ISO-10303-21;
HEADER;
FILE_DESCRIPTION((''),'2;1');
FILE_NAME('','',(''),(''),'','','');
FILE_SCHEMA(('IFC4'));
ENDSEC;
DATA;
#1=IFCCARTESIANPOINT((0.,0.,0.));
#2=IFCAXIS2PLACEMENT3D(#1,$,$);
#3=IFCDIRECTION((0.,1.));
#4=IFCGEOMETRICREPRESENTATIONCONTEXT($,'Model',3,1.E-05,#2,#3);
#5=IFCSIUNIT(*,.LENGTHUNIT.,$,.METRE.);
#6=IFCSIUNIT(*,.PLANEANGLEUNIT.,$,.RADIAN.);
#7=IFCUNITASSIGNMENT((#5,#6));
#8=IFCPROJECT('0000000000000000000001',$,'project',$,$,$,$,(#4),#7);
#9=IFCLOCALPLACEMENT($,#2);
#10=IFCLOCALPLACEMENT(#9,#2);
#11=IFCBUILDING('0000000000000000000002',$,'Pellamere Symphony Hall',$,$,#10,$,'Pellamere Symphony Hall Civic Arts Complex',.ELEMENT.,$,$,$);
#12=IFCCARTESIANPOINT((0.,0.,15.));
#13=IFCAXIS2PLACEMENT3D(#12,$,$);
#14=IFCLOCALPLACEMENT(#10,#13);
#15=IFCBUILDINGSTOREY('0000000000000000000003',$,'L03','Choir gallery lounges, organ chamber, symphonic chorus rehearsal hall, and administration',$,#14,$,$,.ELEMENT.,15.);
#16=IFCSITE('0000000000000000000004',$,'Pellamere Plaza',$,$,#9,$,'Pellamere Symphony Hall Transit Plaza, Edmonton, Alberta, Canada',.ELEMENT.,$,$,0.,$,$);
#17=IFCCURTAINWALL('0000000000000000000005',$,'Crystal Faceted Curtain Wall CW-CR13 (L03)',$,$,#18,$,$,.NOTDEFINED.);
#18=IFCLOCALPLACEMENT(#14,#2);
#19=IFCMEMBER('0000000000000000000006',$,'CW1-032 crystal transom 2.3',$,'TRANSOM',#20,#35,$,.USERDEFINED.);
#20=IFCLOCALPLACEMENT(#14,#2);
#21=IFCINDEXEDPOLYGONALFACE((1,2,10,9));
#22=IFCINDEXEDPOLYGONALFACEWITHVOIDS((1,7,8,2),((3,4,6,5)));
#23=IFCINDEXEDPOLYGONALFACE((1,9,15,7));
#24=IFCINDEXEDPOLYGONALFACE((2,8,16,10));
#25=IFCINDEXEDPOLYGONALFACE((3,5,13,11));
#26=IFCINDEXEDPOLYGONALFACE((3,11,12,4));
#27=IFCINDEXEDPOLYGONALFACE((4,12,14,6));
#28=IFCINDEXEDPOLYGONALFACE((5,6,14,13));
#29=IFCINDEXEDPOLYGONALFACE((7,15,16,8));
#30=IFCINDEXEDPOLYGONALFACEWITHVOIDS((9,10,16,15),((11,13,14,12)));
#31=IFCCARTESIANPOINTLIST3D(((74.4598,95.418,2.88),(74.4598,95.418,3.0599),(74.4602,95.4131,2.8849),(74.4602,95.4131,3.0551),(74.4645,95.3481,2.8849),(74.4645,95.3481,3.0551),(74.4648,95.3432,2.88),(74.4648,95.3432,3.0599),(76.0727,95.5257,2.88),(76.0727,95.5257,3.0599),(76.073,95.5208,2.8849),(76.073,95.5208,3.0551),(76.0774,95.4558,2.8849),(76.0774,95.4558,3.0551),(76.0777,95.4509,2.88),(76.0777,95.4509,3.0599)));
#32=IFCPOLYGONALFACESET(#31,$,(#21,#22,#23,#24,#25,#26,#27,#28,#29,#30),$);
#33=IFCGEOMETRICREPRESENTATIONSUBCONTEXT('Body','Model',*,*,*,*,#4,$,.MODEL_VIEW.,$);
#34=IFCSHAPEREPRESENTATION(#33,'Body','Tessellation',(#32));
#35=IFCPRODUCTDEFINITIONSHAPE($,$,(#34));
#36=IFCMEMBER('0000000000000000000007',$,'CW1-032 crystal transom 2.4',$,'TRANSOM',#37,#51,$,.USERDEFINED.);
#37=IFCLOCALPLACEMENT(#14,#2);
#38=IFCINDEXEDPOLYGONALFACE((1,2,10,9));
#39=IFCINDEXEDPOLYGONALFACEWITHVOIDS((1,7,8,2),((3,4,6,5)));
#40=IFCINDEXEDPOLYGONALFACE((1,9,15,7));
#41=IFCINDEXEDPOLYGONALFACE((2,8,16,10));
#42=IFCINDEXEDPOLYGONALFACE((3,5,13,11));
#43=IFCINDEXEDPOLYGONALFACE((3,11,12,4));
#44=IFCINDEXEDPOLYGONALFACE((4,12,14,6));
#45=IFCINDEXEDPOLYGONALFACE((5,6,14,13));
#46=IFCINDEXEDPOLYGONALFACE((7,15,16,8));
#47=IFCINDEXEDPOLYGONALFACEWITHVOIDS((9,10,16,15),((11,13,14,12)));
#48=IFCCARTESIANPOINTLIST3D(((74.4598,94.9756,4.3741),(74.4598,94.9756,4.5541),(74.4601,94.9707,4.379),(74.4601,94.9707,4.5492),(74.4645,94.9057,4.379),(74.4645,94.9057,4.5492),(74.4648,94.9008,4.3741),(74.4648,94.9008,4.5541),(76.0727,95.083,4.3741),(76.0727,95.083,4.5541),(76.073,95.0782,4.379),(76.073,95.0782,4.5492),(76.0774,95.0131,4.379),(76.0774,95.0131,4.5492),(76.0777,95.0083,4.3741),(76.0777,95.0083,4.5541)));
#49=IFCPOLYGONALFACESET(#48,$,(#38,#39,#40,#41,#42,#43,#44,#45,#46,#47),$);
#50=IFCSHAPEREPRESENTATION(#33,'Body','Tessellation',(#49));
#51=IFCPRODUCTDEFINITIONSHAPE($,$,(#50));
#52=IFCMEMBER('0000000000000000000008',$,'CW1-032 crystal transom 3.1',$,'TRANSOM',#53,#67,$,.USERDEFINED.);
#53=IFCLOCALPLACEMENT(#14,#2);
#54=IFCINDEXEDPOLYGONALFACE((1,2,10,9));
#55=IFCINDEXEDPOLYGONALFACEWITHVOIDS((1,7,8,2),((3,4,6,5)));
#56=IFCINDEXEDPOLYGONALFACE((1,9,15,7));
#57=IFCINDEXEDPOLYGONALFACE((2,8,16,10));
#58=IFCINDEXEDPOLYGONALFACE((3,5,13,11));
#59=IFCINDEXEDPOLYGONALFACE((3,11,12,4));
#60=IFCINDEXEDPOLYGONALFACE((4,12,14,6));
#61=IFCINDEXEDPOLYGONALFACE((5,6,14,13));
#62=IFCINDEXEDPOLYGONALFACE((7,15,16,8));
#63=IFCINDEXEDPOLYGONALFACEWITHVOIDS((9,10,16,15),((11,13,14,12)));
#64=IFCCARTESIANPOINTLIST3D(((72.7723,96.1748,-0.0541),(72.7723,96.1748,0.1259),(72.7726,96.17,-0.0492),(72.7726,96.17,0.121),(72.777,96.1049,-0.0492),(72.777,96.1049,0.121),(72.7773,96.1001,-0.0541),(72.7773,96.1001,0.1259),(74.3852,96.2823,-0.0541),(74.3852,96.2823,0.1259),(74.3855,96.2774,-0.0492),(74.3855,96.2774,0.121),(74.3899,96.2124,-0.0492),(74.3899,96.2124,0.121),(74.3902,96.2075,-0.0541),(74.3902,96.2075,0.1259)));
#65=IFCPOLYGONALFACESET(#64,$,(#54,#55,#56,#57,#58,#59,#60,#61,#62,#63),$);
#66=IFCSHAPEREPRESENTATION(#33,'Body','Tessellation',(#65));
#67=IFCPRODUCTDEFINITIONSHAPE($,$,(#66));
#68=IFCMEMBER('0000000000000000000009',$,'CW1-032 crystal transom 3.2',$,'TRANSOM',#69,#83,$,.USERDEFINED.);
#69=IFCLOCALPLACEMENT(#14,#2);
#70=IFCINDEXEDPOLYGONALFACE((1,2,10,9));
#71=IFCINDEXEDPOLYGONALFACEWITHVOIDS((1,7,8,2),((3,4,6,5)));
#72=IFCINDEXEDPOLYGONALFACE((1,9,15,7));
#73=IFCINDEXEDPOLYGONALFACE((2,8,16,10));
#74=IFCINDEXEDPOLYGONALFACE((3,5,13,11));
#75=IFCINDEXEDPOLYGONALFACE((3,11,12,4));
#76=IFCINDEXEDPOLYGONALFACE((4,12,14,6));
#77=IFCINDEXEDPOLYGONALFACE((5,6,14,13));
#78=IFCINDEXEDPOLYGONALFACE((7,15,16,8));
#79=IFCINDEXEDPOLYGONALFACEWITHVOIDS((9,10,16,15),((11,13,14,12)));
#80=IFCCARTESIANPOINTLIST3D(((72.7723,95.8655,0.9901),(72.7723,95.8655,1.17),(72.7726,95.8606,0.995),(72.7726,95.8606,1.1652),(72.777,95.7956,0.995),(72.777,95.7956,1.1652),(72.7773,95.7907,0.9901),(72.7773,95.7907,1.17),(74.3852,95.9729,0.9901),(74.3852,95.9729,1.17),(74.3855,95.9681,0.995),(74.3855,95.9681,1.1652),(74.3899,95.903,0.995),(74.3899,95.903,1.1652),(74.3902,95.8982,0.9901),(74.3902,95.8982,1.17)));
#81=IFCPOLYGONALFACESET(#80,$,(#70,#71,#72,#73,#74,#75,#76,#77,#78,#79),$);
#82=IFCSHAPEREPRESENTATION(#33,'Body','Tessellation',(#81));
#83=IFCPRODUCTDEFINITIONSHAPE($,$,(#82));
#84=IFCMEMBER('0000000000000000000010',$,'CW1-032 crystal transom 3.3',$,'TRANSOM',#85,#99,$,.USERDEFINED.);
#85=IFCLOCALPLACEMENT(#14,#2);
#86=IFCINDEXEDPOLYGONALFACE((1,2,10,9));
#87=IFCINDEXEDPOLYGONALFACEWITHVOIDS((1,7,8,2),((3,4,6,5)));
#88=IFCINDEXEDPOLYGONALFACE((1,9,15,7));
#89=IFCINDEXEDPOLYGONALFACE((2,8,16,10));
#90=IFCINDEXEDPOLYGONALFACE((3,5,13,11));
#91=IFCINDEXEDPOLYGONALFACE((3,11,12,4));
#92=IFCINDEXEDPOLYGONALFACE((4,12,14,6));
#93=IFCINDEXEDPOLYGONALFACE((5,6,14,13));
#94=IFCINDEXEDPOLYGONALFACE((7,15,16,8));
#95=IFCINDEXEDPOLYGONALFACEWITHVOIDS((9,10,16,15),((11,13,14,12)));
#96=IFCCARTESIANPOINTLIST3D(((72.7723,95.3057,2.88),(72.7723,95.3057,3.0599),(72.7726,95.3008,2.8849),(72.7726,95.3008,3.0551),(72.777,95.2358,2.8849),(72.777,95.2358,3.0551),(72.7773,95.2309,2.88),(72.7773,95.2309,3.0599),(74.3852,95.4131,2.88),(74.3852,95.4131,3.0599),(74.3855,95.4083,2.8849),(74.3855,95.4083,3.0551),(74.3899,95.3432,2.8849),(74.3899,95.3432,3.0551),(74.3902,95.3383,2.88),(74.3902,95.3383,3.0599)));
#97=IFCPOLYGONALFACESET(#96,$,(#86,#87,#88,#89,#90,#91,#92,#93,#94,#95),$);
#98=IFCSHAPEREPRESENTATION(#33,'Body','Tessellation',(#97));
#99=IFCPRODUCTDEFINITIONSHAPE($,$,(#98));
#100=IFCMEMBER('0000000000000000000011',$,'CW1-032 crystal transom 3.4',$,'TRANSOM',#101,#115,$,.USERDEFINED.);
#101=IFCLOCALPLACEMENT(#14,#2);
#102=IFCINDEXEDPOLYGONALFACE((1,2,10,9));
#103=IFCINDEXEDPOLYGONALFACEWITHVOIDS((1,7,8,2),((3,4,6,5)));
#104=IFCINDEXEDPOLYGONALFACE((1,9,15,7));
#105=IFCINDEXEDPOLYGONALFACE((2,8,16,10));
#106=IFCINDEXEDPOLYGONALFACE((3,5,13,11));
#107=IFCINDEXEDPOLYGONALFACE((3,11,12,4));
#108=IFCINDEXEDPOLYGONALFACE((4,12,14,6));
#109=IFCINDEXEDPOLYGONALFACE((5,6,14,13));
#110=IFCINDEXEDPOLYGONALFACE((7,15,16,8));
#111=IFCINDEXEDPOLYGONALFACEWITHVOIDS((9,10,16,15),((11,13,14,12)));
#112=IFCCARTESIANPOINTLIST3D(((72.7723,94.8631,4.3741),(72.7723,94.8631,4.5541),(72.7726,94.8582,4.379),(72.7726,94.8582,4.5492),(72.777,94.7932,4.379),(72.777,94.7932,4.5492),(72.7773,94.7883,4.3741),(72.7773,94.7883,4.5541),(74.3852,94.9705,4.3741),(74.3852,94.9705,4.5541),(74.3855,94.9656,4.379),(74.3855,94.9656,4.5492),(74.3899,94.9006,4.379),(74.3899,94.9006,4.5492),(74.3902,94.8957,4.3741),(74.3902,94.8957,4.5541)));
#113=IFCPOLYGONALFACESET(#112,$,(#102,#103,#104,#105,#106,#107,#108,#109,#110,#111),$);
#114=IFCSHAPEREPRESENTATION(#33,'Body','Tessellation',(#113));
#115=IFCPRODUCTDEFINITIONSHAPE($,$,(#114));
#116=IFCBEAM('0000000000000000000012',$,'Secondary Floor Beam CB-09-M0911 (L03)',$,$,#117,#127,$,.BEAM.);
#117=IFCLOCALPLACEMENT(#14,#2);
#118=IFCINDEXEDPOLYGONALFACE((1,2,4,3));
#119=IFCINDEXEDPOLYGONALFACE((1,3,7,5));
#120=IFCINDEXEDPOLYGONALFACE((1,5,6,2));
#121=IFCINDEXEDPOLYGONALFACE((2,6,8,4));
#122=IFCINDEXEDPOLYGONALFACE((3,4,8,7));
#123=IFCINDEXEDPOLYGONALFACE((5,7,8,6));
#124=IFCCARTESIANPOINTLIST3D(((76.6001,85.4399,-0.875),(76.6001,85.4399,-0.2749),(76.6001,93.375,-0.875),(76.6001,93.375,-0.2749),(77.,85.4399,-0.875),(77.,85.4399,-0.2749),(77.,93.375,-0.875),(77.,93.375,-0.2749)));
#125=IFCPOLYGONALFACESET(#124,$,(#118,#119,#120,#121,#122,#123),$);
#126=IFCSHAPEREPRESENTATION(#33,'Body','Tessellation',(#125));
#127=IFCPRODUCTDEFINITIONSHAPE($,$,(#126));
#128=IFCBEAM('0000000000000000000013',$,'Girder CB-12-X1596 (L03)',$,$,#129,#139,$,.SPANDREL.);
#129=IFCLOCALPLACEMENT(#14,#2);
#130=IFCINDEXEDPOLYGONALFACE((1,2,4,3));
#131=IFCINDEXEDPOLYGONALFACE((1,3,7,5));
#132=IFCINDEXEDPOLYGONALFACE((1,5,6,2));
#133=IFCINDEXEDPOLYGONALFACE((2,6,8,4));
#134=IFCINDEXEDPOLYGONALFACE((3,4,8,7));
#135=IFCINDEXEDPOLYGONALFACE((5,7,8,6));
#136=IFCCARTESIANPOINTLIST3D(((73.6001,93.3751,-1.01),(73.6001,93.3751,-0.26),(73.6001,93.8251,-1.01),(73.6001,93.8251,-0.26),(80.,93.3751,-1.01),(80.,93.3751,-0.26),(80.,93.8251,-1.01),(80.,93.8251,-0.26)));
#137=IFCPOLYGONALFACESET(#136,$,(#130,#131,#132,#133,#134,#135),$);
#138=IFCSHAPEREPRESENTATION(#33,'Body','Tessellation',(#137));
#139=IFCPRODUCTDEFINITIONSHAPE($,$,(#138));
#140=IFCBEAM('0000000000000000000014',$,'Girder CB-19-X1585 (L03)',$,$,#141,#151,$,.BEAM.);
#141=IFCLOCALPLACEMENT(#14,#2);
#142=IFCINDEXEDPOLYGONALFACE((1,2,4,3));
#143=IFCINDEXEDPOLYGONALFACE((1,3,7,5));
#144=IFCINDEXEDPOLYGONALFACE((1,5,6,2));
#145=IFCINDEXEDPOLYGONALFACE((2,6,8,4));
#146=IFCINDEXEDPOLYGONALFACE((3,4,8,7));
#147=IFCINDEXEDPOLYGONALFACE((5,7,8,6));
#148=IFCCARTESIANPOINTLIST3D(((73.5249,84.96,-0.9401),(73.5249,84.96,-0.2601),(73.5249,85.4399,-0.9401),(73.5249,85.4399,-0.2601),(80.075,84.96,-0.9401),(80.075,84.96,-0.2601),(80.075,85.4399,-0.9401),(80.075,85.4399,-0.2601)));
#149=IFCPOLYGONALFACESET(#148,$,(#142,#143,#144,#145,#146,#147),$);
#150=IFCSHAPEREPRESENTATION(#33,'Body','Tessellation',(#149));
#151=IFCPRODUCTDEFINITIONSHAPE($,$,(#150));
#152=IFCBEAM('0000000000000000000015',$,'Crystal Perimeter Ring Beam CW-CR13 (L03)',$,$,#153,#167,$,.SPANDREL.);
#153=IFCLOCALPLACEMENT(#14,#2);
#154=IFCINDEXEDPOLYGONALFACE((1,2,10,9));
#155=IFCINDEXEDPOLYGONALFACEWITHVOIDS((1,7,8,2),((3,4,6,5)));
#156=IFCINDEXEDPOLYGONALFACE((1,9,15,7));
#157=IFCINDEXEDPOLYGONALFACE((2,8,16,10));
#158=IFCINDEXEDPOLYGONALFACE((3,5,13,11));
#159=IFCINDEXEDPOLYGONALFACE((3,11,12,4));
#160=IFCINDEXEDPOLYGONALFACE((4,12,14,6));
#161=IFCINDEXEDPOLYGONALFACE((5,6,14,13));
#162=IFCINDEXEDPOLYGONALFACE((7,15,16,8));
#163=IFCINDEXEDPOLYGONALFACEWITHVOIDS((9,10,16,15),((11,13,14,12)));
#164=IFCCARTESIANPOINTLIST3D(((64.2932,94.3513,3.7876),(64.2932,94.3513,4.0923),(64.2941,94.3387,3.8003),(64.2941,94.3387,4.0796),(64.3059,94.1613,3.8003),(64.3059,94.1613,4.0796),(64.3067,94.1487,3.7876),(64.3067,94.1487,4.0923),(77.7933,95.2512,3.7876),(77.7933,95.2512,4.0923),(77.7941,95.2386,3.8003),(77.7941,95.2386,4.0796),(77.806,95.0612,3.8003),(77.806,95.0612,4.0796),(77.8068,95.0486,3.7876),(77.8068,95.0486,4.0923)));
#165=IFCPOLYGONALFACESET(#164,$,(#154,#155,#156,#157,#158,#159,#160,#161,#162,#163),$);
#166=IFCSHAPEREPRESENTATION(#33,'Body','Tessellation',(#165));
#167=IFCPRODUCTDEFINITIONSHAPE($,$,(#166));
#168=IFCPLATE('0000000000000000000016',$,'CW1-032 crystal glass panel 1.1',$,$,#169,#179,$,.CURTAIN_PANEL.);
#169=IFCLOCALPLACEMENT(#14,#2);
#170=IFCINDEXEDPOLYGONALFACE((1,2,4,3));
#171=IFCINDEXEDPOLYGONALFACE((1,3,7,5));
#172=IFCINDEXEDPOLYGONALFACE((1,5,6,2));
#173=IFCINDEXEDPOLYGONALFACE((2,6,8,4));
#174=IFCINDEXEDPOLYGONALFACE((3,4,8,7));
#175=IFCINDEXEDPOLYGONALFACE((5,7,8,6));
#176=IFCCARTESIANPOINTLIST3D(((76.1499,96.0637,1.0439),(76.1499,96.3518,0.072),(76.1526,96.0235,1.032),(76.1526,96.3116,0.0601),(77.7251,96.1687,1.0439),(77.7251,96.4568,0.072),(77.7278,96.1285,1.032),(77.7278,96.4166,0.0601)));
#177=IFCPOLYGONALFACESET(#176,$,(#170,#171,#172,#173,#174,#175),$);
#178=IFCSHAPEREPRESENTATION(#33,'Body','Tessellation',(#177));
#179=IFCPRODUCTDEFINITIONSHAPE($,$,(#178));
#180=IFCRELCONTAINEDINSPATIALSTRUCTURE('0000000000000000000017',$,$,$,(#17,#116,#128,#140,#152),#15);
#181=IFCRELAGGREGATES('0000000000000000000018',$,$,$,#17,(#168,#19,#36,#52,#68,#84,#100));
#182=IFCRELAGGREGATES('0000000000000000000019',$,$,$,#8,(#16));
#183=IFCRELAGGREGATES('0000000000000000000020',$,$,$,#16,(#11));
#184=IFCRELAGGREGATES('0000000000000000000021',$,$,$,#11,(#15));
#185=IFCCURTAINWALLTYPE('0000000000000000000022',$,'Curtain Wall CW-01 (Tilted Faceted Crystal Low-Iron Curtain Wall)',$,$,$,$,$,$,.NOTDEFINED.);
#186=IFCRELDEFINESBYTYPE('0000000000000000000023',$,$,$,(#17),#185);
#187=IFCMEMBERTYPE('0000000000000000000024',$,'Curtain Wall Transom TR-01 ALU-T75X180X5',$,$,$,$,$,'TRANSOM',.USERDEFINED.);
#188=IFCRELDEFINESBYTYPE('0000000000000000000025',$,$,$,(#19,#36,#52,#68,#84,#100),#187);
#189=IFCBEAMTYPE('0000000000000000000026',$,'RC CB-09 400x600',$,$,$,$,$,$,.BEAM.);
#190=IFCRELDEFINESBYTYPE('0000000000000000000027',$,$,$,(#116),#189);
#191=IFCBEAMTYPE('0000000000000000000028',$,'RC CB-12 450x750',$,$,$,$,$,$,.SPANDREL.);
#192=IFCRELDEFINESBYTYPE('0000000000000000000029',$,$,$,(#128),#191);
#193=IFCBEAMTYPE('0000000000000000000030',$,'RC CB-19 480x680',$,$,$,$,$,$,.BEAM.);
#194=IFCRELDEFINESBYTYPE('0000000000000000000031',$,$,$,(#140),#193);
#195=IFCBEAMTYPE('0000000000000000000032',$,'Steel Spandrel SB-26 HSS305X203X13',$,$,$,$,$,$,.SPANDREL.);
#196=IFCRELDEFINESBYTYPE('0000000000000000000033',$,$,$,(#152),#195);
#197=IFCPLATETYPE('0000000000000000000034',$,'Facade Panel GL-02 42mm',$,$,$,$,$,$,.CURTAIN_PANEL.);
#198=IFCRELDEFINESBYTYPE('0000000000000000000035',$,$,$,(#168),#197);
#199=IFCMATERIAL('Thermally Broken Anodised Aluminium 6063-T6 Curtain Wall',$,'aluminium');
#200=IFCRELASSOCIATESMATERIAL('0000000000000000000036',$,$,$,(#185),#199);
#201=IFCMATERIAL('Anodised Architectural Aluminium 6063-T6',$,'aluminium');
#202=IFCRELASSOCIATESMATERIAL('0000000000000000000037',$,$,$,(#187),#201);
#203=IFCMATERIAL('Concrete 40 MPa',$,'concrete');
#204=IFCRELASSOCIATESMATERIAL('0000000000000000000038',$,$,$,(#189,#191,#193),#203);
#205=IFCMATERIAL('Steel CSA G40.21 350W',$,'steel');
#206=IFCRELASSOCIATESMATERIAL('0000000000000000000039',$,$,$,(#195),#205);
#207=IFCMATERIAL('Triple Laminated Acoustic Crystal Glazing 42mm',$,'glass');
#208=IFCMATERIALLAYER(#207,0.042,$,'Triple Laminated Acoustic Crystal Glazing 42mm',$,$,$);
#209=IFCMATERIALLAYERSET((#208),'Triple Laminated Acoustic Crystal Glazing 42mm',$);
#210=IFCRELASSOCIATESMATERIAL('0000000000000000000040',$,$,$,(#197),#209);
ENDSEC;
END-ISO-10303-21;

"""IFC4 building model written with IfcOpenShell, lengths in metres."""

from ifc_helpers import new_model, si_unit, direction, frame, origin, origin_2d, place, context, subcontext, project, spatial, polyline, rectangle, hollow_rectangle, outline, extrude, material, layer, layer_set, material_profile, profile_set, type_object, element, aggregate, save


model = new_model("IFC4")

# Units and contexts
model_context = context("Model", 3, precision=1e-05, world=origin(), true_north=direction((0.0, 1.0)))
body_context = subcontext(model_context, "Body", "Model", "MODEL_VIEW")
ifc_project = project(units=[si_unit("LENGTHUNIT", "METRE"), si_unit("PLANEANGLEUNIT", "RADIAN")], contexts=[model_context])

# Site, building, storey
site_placement = place(None, origin())
site = spatial("IfcSite", under=ifc_project, at=site_placement, Name="Pellamere Plaza", LongName="Pellamere Symphony Hall Transit Plaza, Edmonton, Alberta, Canada", CompositionType="ELEMENT", RefElevation=0.0)
building_placement = place(site_placement, origin())
building = spatial("IfcBuilding", under=site, at=building_placement, Name="Pellamere Symphony Hall", LongName="Pellamere Symphony Hall Civic Arts Complex", CompositionType="ELEMENT")
storey_placement = place(building_placement, frame((0.0, 0.0, 15.0)))
storey = spatial("IfcBuildingStorey", under=building, at=storey_placement, Name="L03", Description="Choir gallery lounges, organ chamber, symphonic chorus rehearsal hall, and administration", CompositionType="ELEMENT", Elevation=15.0)

# Shared definitions
ifc_material_1 = material(Name="Thermally Broken Anodised Aluminium 6063-T6 Curtain Wall", Category="aluminium")
curtain_wall_type = type_object("IfcCurtainWallType", Name="Curtain Wall CW-01 (Tilted Faceted Crystal Low-Iron Curtain Wall)", PredefinedType="NOTDEFINED", material=ifc_material_1)
ifc_material_2 = material(Name="Anodised Architectural Aluminium 6063-T6", Category="aluminium")

# Curtain wall
curtain_wall_1_placement = place(storey_placement, origin())
curtain_wall_1 = element("IfcCurtainWall", 1, at=curtain_wall_1_placement, inside=storey, type_object=curtain_wall_type, Name="Crystal Faceted Curtain Wall CW-CR13 (L03)", PredefinedType="NOTDEFINED")

# Members
ifc_material_profile_1 = material_profile(ifc_material_2, hollow_rectangle(XDim=0.075, YDim=0.1799, WallThickness=0.0049, at=origin_2d()), Name="ALU-T75X180X5")
ifc_profile_set_1 = profile_set([ifc_material_profile_1], Name="Anodised Architectural Aluminium 6063-T6")
member_type_1 = type_object("IfcMemberType", Name="Curtain Wall Transom TR-01 ALU-T75X180X5", ElementType="TRANSOM", PredefinedType="USERDEFINED", material=ifc_profile_set_1)
member_1_placement = place(storey_placement, frame((76.0752, 95.4883, 2.97), z_axis=(-0.997779, -0.066609, 0.0), x_axis=(0.066609, -0.997779, 0.0)))
member_1 = element("IfcMember", 2, at=member_1_placement, type_object=member_type_1, Name="CW1-032 crystal transom 2.3", ObjectType="TRANSOM", PredefinedType="USERDEFINED", context=body_context, shape_type="SweptSolid", body=[
    extrude(hollow_rectangle(XDim=0.075, YDim=0.1799, WallThickness=0.0049, at=origin_2d()), origin(), (0.0, 0.0, 1.0), 1.6165),
])
member_2_placement = place(storey_placement, frame((76.0752, 95.0457, 4.4641), z_axis=(-0.997789, -0.066459, 0.0), x_axis=(0.066459, -0.997789, 0.0)))
member_2 = element("IfcMember", 3, at=member_2_placement, type_object=member_type_1, Name="CW1-032 crystal transom 2.4", ObjectType="TRANSOM", PredefinedType="USERDEFINED", context=body_context, shape_type="SweptSolid", body=[
    extrude(hollow_rectangle(XDim=0.075, YDim=0.1799, WallThickness=0.0049, at=origin_2d()), origin(), (0.0, 0.0, 1.0), 1.6165),
])
member_3_placement = place(storey_placement, frame((74.3877, 96.2449, 0.0359), z_axis=(-0.997789, -0.066459, 0.0), x_axis=(0.066459, -0.997789, 0.0)))
member_3 = element("IfcMember", 4, at=member_3_placement, type_object=member_type_1, Name="CW1-032 crystal transom 3.1", ObjectType="TRANSOM", PredefinedType="USERDEFINED", context=body_context, shape_type="SweptSolid", body=[
    extrude(hollow_rectangle(XDim=0.075, YDim=0.1799, WallThickness=0.0049, at=origin_2d()), origin(), (0.0, 0.0, 1.0), 1.6165),
])
member_4_placement = place(storey_placement, frame((74.3877, 95.9355, 1.0801), z_axis=(-0.997789, -0.066459, 0.0), x_axis=(0.066459, -0.997789, 0.0)))
member_4 = element("IfcMember", 5, at=member_4_placement, type_object=member_type_1, Name="CW1-032 crystal transom 3.2", ObjectType="TRANSOM", PredefinedType="USERDEFINED", context=body_context, shape_type="SweptSolid", body=[
    extrude(hollow_rectangle(XDim=0.075, YDim=0.1799, WallThickness=0.0049, at=origin_2d()), origin(), (0.0, 0.0, 1.0), 1.6165),
])
member_5_placement = place(storey_placement, frame((74.3877, 95.3757, 2.97), z_axis=(-0.997789, -0.066459, 0.0), x_axis=(0.066459, -0.997789, 0.0)))
member_5 = element("IfcMember", 6, at=member_5_placement, type_object=member_type_1, Name="CW1-032 crystal transom 3.3", ObjectType="TRANSOM", PredefinedType="USERDEFINED", context=body_context, shape_type="SweptSolid", body=[
    extrude(hollow_rectangle(XDim=0.075, YDim=0.1799, WallThickness=0.0049, at=origin_2d()), origin(), (0.0, 0.0, 1.0), 1.6165),
])
member_6_placement = place(storey_placement, frame((74.3877, 94.9331, 4.4641), z_axis=(-0.997789, -0.066459, 0.0), x_axis=(0.066459, -0.997789, 0.0)))
member_6 = element("IfcMember", 7, at=member_6_placement, type_object=member_type_1, Name="CW1-032 crystal transom 3.4", ObjectType="TRANSOM", PredefinedType="USERDEFINED", context=body_context, shape_type="SweptSolid", body=[
    extrude(hollow_rectangle(XDim=0.075, YDim=0.1799, WallThickness=0.0049, at=origin_2d()), origin(), (0.0, 0.0, 1.0), 1.6165),
])

# Beams
ifc_material_3 = material(Name="Concrete 40 MPa", Category="concrete")
ifc_material_profile_2 = material_profile(ifc_material_3, rectangle(XDim=0.3999, YDim=0.6001, at=origin_2d()), Name="RC 400x600")
ifc_profile_set_2 = profile_set([ifc_material_profile_2], Name="Concrete 40 MPa")
beam_type_1 = type_object("IfcBeamType", Name="RC CB-09 400x600", PredefinedType="BEAM", material=ifc_profile_set_2)
beam_1_placement = place(storey_placement, frame((76.8, 85.4399, -0.575), z_axis=(0.0, 1.0, 0.0), x_axis=(-1.0, 0.0, 0.0)))
element("IfcBeam", 8, at=beam_1_placement, inside=storey, type_object=beam_type_1, Name="Secondary Floor Beam CB-09-M0911 (L03)", PredefinedType="BEAM", context=body_context, shape_type="SweptSolid", body=[
    extrude(rectangle(XDim=0.3999, YDim=0.6001, at=origin_2d()), origin(), (0.0, 0.0, 1.0), 7.9351),
])
ifc_material_profile_3 = material_profile(ifc_material_3, rectangle(XDim=0.45, YDim=0.75, at=origin_2d()), Name="RC 450x750")
ifc_profile_set_3 = profile_set([ifc_material_profile_3], Name="Concrete 40 MPa")
beam_type_2 = type_object("IfcBeamType", Name="RC CB-12 450x750", PredefinedType="SPANDREL", material=ifc_profile_set_3)
beam_2_placement = place(storey_placement, frame((73.6001, 93.6001, -0.635), z_axis=(1.0, 0.0, 0.0), x_axis=(0.0, 1.0, 0.0)))
element("IfcBeam", 9, at=beam_2_placement, inside=storey, type_object=beam_type_2, Name="Girder CB-12-X1596 (L03)", PredefinedType="SPANDREL", context=body_context, shape_type="SweptSolid", body=[
    extrude(rectangle(XDim=0.45, YDim=0.75, at=origin_2d()), origin(), (0.0, 0.0, 1.0), 6.3999),
])
ifc_material_profile_4 = material_profile(ifc_material_3, rectangle(XDim=0.48, YDim=0.6799, at=origin_2d()), Name="RC 480x680")
ifc_profile_set_4 = profile_set([ifc_material_profile_4], Name="Concrete 40 MPa")
beam_type_3 = type_object("IfcBeamType", Name="RC CB-19 480x680", PredefinedType="BEAM", material=ifc_profile_set_4)
beam_3_placement = place(storey_placement, frame((73.5249, 85.2, -0.6001), z_axis=(1.0, 0.0, 0.0), x_axis=(0.0, 1.0, 0.0)))
element("IfcBeam", 10, at=beam_3_placement, inside=storey, type_object=beam_type_3, Name="Girder CB-19-X1585 (L03)", PredefinedType="BEAM", context=body_context, shape_type="SweptSolid", body=[
    extrude(rectangle(XDim=0.48, YDim=0.6799, at=origin_2d()), origin(), (0.0, 0.0, 1.0), 6.55),
])
ifc_material_4 = material(Name="Steel CSA G40.21 350W", Category="steel")
ifc_material_profile_5 = material_profile(ifc_material_4, hollow_rectangle(XDim=0.2031, YDim=0.3047, WallThickness=0.0127, at=origin_2d()), Name="HSS305X203X13")
ifc_profile_set_5 = profile_set([ifc_material_profile_5], Name="Steel CSA G40.21 350W")
beam_type_4 = type_object("IfcBeamType", Name="Steel Spandrel SB-26 HSS305X203X13", PredefinedType="SPANDREL", material=ifc_profile_set_5)
beam_4_placement = place(storey_placement, frame((77.8, 95.1499, 3.9399), z_axis=(-0.997786, -0.066512, 0.0), x_axis=(0.066512, -0.997786, 0.0)))
element("IfcBeam", 11, at=beam_4_placement, inside=storey, type_object=beam_type_4, Name="Crystal Perimeter Ring Beam CW-CR13 (L03)", PredefinedType="SPANDREL", context=body_context, shape_type="SweptSolid", body=[
    extrude(hollow_rectangle(XDim=0.2031, YDim=0.3047, WallThickness=0.0127, at=origin_2d()), origin(), (0.0, 0.0, 1.0), 13.53),
])

# Plate
ifc_material_5 = material(Name="Triple Laminated Acoustic Crystal Glazing 42mm", Category="glass")
ifc_layer_1 = layer(ifc_material_5, 0.042, Name="Triple Laminated Acoustic Crystal Glazing 42mm")
ifc_layer_set_1 = layer_set([ifc_layer_1], Name="Triple Laminated Acoustic Crystal Glazing 42mm")
plate_type_1 = type_object("IfcPlateType", Name="Facade Panel GL-02 42mm", PredefinedType="CURTAIN_PANEL", material=ifc_layer_set_1)
plate_1_placement = place(storey_placement, frame((77.7251, 96.4568, 0.072), z_axis=(-0.063768, 0.956818, 0.283608), x_axis=(-0.997787, -0.066498, 0.0)))
plate_1 = element("IfcPlate", 12, at=plate_1_placement, type_object=plate_type_1, Name="CW1-032 crystal glass panel 1.1", PredefinedType="CURTAIN_PANEL", context=body_context, shape_type="SweptSolid", body=[
    extrude(outline(polyline([(0.0, 0.0), (1.5787, 0.0), (1.5978, 1.0135), (0.0192, 1.0135), (0.0, 0.0)])), origin(), (0.0, 0.0, -1.0), 0.042),
])
aggregate(curtain_wall_1, [plate_1, member_1, member_2, member_3, member_4, member_5, member_6])

save(model, "model.ifc")
